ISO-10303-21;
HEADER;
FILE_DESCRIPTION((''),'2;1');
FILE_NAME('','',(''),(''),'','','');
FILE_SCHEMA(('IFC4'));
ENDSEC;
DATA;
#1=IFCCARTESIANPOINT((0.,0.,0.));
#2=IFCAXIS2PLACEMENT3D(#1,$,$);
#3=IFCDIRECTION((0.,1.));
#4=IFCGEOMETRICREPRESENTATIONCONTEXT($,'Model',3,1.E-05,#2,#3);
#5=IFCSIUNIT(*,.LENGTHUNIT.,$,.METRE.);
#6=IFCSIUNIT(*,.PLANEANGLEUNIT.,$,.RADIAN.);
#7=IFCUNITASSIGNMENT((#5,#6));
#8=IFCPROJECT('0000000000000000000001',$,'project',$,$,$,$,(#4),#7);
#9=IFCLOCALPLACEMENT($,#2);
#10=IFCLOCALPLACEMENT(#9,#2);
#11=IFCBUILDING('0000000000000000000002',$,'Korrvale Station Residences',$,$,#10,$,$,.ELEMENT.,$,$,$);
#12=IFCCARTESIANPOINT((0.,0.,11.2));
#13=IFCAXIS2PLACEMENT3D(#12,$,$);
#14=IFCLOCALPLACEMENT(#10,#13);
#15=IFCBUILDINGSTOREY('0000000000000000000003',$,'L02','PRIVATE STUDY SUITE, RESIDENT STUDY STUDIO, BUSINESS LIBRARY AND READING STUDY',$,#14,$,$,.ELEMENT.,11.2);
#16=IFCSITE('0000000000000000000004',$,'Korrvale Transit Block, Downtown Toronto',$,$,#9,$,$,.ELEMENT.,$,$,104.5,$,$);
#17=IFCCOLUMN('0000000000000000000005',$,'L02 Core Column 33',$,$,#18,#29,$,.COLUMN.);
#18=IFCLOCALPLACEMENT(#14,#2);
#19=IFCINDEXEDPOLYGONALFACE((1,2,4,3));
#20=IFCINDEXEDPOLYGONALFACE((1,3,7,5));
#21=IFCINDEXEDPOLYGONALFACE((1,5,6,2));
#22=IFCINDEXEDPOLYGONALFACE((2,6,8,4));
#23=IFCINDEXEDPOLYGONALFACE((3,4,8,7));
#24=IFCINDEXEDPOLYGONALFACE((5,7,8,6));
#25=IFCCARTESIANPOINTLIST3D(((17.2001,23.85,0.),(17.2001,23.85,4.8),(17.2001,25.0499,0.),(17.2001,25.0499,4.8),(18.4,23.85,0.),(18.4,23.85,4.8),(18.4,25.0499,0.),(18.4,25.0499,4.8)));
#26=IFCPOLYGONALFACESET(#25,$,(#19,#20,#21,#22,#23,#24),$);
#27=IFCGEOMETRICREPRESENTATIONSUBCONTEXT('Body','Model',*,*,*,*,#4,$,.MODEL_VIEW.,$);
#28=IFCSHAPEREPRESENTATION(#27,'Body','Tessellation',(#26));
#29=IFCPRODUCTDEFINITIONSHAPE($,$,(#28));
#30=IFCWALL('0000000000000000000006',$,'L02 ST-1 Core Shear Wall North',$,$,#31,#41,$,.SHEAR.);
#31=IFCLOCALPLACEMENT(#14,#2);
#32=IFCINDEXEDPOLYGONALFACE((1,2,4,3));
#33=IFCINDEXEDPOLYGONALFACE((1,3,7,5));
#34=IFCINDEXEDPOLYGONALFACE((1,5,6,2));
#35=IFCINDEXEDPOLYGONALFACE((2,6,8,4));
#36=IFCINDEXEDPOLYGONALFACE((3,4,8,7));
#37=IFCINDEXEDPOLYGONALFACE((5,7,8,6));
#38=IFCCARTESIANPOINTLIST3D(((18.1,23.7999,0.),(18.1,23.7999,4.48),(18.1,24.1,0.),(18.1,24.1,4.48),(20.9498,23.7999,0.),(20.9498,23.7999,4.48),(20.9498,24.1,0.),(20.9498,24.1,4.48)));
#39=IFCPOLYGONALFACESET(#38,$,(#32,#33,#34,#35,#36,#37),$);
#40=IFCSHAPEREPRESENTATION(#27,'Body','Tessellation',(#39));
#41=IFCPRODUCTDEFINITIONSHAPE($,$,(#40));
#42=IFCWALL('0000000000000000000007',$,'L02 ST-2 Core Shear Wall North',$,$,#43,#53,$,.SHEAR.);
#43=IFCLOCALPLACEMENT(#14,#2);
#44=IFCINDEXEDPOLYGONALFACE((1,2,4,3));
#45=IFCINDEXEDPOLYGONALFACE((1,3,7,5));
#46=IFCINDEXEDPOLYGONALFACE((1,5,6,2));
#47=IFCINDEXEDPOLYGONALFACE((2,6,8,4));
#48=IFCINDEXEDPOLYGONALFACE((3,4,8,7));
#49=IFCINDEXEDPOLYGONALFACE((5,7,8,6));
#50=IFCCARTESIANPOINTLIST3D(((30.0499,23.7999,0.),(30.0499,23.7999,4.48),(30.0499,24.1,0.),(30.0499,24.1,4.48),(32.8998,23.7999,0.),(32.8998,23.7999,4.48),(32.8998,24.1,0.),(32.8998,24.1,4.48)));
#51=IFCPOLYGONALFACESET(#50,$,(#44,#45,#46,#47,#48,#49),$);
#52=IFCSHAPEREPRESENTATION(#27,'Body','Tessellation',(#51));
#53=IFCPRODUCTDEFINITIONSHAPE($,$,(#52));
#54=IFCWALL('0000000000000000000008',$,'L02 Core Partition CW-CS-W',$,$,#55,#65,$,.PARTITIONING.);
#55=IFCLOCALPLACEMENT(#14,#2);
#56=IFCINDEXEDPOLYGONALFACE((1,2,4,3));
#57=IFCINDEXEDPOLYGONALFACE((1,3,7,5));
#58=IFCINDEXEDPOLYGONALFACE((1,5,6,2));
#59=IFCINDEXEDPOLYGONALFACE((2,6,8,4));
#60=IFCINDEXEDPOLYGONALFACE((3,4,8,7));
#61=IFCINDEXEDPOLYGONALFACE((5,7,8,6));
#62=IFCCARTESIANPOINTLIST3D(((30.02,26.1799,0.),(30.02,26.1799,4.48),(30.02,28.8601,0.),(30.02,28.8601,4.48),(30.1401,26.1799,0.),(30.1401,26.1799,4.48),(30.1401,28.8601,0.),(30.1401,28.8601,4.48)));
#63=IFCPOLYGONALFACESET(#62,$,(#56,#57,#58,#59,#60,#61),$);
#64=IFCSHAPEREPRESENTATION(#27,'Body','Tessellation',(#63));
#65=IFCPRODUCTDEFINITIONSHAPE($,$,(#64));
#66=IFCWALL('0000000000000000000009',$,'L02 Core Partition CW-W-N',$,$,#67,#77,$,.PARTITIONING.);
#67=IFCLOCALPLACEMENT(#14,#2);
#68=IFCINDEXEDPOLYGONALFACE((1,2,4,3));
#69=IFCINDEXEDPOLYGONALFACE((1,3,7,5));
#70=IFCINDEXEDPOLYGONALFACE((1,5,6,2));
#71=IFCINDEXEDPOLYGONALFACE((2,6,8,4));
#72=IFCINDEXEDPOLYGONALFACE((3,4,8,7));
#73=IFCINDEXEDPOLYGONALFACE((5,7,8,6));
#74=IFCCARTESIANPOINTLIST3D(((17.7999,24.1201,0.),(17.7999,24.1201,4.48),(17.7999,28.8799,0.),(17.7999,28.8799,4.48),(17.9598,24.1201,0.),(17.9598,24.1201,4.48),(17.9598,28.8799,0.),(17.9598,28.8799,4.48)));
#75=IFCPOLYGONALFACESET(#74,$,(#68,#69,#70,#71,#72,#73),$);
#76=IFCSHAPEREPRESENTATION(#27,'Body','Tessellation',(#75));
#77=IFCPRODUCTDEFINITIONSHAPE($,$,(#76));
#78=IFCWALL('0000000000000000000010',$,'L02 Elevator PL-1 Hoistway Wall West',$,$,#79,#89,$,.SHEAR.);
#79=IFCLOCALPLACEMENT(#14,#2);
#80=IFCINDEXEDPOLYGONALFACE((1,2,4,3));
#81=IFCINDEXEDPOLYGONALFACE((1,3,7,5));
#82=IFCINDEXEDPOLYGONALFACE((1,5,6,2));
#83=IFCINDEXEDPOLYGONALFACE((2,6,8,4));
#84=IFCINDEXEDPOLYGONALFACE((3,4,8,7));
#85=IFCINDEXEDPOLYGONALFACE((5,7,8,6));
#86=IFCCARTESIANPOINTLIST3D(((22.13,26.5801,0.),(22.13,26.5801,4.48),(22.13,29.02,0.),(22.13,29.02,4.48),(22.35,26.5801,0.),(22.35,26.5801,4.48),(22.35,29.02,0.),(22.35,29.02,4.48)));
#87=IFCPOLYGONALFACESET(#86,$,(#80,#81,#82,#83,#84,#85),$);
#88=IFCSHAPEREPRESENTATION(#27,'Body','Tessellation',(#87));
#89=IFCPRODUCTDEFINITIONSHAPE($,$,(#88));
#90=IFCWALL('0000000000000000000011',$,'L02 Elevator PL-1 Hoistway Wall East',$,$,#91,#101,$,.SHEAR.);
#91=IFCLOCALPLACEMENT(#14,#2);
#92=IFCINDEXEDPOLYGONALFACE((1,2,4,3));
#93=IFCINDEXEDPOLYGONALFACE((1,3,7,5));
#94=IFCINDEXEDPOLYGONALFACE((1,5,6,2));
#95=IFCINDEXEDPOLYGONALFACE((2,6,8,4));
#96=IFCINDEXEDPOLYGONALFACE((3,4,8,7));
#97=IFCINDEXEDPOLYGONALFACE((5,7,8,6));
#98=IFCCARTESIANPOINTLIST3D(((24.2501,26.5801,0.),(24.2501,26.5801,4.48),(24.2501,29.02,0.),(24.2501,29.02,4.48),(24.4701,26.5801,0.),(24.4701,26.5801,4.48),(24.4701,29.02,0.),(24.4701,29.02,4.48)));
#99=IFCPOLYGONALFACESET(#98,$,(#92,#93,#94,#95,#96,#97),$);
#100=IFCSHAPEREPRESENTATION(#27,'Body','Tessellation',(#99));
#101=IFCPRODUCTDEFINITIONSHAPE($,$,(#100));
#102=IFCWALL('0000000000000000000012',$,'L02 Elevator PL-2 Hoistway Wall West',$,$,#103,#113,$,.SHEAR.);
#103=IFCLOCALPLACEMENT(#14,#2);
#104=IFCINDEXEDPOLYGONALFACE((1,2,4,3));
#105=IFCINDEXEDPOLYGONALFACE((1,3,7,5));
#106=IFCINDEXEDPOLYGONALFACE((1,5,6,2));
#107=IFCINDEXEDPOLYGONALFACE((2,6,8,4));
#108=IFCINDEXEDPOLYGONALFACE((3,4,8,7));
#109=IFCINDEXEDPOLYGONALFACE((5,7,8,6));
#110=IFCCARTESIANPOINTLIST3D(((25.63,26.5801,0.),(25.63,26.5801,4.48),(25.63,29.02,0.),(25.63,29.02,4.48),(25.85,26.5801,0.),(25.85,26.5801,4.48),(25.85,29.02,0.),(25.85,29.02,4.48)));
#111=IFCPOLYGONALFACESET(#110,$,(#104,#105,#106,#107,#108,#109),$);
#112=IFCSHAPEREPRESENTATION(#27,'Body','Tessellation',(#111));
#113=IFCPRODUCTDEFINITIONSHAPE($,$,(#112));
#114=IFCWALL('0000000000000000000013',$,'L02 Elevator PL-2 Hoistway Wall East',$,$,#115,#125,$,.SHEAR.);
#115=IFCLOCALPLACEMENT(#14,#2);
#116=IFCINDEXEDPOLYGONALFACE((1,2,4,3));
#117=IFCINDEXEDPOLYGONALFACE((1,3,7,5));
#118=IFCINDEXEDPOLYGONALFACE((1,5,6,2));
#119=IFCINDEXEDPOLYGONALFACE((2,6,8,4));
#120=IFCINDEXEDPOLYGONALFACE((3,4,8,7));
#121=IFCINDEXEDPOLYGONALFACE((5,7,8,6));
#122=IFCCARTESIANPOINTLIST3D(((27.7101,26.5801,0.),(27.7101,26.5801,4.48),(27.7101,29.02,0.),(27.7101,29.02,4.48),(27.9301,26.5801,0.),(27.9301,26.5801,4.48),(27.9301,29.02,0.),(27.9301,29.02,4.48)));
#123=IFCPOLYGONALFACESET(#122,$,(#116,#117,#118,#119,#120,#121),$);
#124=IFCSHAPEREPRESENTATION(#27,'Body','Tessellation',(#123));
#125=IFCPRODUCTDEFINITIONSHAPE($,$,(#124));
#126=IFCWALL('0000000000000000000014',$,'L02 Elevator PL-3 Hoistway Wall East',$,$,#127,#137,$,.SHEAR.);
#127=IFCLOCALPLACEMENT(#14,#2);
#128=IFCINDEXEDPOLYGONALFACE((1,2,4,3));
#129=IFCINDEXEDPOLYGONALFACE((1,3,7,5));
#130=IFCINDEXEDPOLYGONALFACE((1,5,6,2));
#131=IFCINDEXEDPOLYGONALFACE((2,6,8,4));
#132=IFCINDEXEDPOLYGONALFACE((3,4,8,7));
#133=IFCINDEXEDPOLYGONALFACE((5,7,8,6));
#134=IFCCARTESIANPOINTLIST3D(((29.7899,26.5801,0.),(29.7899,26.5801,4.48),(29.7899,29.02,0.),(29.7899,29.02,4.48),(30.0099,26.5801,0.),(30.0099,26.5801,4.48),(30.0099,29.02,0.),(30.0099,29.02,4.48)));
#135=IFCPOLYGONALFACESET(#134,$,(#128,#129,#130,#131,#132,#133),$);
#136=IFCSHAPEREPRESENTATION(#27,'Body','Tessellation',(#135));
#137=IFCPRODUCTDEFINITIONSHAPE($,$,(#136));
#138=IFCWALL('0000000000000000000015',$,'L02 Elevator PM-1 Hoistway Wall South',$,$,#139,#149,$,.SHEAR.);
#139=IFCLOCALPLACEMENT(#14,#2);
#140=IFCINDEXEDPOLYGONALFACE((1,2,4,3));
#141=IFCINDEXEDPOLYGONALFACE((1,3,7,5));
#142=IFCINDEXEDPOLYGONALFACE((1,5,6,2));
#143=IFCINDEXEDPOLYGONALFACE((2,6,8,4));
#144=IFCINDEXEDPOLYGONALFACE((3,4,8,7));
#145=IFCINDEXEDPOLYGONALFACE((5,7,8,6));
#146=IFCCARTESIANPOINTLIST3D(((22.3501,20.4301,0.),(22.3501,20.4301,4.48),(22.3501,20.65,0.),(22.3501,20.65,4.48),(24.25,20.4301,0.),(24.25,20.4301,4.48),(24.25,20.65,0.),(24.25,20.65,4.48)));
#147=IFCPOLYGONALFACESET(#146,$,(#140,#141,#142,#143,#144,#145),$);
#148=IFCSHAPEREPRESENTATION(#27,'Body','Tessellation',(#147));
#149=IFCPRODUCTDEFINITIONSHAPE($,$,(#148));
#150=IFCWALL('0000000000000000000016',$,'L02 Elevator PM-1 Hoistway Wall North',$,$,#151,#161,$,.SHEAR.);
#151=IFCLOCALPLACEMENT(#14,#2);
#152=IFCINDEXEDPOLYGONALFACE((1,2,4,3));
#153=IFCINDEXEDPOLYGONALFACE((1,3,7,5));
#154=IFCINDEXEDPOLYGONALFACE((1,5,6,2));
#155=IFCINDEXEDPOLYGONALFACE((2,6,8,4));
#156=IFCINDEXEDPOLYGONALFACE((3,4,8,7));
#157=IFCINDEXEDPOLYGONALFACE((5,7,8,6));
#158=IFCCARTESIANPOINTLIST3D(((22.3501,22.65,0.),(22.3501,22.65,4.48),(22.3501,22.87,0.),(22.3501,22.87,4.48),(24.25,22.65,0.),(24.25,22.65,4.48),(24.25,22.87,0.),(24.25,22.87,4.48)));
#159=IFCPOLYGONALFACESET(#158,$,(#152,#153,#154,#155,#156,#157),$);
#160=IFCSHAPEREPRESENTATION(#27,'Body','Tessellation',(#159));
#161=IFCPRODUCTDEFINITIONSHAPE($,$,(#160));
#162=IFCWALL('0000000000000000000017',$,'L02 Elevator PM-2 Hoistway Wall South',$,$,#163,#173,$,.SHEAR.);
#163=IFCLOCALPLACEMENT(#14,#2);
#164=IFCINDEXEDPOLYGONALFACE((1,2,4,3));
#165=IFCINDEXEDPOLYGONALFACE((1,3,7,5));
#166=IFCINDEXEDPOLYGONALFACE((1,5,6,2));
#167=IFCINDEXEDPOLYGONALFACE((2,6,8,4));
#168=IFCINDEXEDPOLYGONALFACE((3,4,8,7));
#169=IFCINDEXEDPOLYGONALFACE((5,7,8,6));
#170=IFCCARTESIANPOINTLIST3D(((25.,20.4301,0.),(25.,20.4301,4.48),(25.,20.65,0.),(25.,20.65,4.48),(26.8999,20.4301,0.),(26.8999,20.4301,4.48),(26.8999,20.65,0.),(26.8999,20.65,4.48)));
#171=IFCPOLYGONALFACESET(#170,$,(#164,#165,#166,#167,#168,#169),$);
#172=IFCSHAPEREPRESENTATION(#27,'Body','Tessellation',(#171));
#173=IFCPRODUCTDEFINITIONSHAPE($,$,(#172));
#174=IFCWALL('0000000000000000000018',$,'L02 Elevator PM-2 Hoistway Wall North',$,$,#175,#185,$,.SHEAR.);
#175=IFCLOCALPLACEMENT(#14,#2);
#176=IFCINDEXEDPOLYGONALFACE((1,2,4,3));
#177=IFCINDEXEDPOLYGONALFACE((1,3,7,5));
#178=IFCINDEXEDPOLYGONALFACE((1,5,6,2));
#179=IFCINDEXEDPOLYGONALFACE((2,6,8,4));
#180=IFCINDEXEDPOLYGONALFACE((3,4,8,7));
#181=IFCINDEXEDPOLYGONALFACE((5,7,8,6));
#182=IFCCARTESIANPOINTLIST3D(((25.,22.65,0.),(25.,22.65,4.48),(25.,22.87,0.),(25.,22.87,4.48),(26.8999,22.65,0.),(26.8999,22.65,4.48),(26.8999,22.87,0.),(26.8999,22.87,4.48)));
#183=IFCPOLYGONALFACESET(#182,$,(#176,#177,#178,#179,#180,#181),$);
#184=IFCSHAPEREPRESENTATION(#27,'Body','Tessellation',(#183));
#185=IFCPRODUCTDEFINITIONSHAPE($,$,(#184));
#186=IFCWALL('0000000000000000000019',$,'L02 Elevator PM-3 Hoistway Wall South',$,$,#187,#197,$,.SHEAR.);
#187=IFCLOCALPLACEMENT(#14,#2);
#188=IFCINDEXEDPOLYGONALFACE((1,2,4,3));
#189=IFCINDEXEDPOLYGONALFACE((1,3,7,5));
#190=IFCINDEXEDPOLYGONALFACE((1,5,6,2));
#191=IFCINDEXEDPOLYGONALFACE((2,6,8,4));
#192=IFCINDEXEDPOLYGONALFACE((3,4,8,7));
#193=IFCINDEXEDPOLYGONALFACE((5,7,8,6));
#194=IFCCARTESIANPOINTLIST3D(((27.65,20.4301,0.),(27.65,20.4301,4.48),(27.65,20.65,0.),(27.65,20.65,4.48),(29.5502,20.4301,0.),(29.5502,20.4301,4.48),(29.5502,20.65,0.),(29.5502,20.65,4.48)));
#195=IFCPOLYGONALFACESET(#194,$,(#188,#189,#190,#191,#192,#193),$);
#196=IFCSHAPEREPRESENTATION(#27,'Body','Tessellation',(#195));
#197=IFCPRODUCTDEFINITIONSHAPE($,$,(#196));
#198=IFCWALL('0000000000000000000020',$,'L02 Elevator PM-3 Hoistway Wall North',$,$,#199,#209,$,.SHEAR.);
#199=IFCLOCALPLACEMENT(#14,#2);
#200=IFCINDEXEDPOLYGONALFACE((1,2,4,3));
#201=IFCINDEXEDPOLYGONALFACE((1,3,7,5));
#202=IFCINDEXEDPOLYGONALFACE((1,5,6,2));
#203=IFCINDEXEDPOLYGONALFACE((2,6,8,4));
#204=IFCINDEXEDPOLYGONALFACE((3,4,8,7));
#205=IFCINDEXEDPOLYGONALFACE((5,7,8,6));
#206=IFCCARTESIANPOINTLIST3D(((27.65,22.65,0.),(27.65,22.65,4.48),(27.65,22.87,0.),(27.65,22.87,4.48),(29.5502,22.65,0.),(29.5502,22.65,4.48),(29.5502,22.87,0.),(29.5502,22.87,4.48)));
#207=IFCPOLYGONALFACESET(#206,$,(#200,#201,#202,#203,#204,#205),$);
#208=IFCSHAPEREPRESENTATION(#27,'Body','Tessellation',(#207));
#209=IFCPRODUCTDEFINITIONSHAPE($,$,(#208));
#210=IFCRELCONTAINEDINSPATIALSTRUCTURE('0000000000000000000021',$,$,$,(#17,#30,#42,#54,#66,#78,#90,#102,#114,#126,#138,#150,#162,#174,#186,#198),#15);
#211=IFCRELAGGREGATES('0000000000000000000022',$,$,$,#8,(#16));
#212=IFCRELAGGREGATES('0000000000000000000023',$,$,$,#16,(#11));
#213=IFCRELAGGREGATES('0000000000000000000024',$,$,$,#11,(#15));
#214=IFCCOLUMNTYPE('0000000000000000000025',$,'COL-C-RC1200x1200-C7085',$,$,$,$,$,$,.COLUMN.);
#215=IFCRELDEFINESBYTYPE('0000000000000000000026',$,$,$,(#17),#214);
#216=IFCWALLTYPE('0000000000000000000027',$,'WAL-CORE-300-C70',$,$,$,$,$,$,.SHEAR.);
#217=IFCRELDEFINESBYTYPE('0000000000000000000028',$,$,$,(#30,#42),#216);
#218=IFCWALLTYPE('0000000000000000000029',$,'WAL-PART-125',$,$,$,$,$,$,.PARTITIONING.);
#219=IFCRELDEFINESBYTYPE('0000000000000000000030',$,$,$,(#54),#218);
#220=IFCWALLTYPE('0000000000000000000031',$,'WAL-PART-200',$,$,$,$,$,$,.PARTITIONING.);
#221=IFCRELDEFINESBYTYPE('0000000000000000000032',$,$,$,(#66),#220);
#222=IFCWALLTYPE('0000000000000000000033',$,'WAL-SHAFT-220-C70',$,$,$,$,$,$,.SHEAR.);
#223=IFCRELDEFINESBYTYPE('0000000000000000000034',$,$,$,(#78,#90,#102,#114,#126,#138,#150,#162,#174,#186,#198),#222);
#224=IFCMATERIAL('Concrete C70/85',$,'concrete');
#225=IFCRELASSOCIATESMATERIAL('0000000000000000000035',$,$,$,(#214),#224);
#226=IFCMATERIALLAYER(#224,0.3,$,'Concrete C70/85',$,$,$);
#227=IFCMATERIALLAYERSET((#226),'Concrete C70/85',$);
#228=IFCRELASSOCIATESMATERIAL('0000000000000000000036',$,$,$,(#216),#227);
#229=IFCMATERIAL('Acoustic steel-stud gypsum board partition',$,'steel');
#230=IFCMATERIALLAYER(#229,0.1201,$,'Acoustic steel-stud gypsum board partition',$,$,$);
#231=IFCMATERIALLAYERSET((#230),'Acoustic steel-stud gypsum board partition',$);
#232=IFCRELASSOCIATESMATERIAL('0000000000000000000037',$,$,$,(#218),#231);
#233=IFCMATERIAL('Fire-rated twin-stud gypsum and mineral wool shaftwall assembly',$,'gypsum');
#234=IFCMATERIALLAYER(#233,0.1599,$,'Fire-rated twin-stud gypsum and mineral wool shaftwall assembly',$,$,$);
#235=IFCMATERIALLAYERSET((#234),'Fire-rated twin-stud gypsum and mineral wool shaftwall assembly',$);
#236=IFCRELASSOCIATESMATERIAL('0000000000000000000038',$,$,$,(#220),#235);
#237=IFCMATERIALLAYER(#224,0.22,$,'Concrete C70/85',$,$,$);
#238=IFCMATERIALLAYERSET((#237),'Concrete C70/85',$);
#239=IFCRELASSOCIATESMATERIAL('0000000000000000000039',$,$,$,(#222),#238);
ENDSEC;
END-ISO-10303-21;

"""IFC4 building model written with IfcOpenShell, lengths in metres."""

from ifc_helpers import new_model, si_unit, direction, frame, frame_2d, origin, origin_2d, place, context, subcontext, project, spatial, rectangle, extrude, material, layer, layer_set, material_profile, profile_set, type_object, element, save


model = new_model("IFC4")

# Units and contexts
model_context = context("Model", 3, precision=1e-05, world=origin(), true_north=direction((0.0, 1.0)))
body_context = subcontext(model_context, "Body", "Model", "MODEL_VIEW")
ifc_project = project(units=[si_unit("LENGTHUNIT", "METRE"), si_unit("PLANEANGLEUNIT", "RADIAN")], contexts=[model_context])

# Site, building, storey
site_placement = place(None, origin())
site = spatial("IfcSite", under=ifc_project, at=site_placement, Name="Korrvale Transit Block, Downtown Toronto", CompositionType="ELEMENT", RefElevation=104.5)
building_placement = place(site_placement, origin())
building = spatial("IfcBuilding", under=site, at=building_placement, Name="Korrvale Station Residences", CompositionType="ELEMENT")
storey_placement = place(building_placement, frame((0.0, 0.0, 11.2)))
storey = spatial("IfcBuildingStorey", under=building, at=storey_placement, Name="L02", Description="PRIVATE STUDY SUITE, RESIDENT STUDY STUDIO, BUSINESS LIBRARY AND READING STUDY", CompositionType="ELEMENT", Elevation=11.2)

# Column
ifc_material_1 = material(Name="Concrete C70/85", Category="concrete")
ifc_material_profile = material_profile(ifc_material_1, rectangle(XDim=1.2, YDim=1.2, at=origin_2d()), Name="RC1200x1200")
ifc_profile_set = profile_set([ifc_material_profile], Name="Concrete C70/85")
column_type = type_object("IfcColumnType", Name="COL-C-RC1200x1200-C7085", PredefinedType="COLUMN", material=ifc_profile_set)
column_placement = place(storey_placement, frame((17.8, 24.45, 0.0), z_axis=(0.0, 0.0, 1.0), x_axis=(1.0, 0.0, 0.0)))
element("IfcColumn", 1, at=column_placement, inside=storey, type_object=column_type, Name="L02 Core Column 33", PredefinedType="COLUMN", context=body_context, shape_type="SweptSolid", body=[
    extrude(rectangle(XDim=1.2, YDim=1.2, at=origin_2d()), origin(), (0.0, 0.0, 1.0), 4.8),
])

# Walls
ifc_layer_1 = layer(ifc_material_1, 0.3, Name="Concrete C70/85")
ifc_layer_set_1 = layer_set([ifc_layer_1], Name="Concrete C70/85")
wall_type_1 = type_object("IfcWallType", Name="WAL-CORE-300-C70", PredefinedType="SHEAR", material=ifc_layer_set_1)
for number, where, z_axis, x_axis, name in (
    (2, (18.1001, 23.95, 0.0), (0.0, 0.0, 1.0), (1.0, 0.0, 0.0), "L02 ST-1 Core Shear Wall North"),
    (3, (30.05, 23.95, 0.0), (0.0, 0.0, 1.0), (1.0, 0.0, 0.0), "L02 ST-2 Core Shear Wall North"),
):
    element("IfcWall", number, at=place(storey_placement, frame(where, z_axis=z_axis, x_axis=x_axis)), inside=storey, type_object=wall_type_1, Name=name, PredefinedType="SHEAR", context=body_context, shape_type="SweptSolid", body=[
        extrude(rectangle(XDim=2.8499, YDim=0.3, at=frame_2d((1.4248, 0.0))), origin(), (0.0, 0.0, 1.0), 4.48),
    ])
ifc_material_2 = material(Name="Acoustic steel-stud gypsum board partition", Category="steel")
ifc_layer_2 = layer(ifc_material_2, 0.1201, Name="Acoustic steel-stud gypsum board partition")
ifc_layer_set_2 = layer_set([ifc_layer_2], Name="Acoustic steel-stud gypsum board partition")
wall_type_2 = type_object("IfcWallType", Name="WAL-PART-125", PredefinedType="PARTITIONING", material=ifc_layer_set_2)
wall_1_placement = place(storey_placement, frame((30.0801, 26.1799, 0.0), z_axis=(0.0, 0.0, 1.0), x_axis=(0.0, 1.0, 0.0)))
element("IfcWall", 4, at=wall_1_placement, inside=storey, type_object=wall_type_2, Name="L02 Core Partition CW-CS-W", PredefinedType="PARTITIONING", context=body_context, shape_type="SweptSolid", body=[
    extrude(rectangle(XDim=2.6802, YDim=0.1201, at=frame_2d((1.3401, 0.0))), origin(), (0.0, 0.0, 1.0), 4.48),
])
ifc_material_3 = material(Name="Fire-rated twin-stud gypsum and mineral wool shaftwall assembly", Category="gypsum")
ifc_layer_3 = layer(ifc_material_3, 0.1599, Name="Fire-rated twin-stud gypsum and mineral wool shaftwall assembly")
ifc_layer_set_3 = layer_set([ifc_layer_3], Name="Fire-rated twin-stud gypsum and mineral wool shaftwall assembly")
wall_type_3 = type_object("IfcWallType", Name="WAL-PART-200", PredefinedType="PARTITIONING", material=ifc_layer_set_3)
wall_2_placement = place(storey_placement, frame((17.8799, 24.1201, 0.0), z_axis=(0.0, 0.0, 1.0), x_axis=(0.0, 1.0, 0.0)))
element("IfcWall", 5, at=wall_2_placement, inside=storey, type_object=wall_type_3, Name="L02 Core Partition CW-W-N", PredefinedType="PARTITIONING", context=body_context, shape_type="SweptSolid", body=[
    extrude(rectangle(XDim=4.7598, YDim=0.1599, at=frame_2d((2.3799, 0.0))), origin(), (0.0, 0.0, 1.0), 4.48),
])
ifc_layer_4 = layer(ifc_material_1, 0.22, Name="Concrete C70/85")
ifc_layer_set_4 = layer_set([ifc_layer_4], Name="Concrete C70/85")
wall_type_4 = type_object("IfcWallType", Name="WAL-SHAFT-220-C70", PredefinedType="SHEAR", material=ifc_layer_set_4)
for number, where, z_axis, x_axis, name in (
    (6, (22.24, 26.5801, 0.0), (0.0, 0.0, 1.0), (0.0, 1.0, 0.0), "L02 Elevator PL-1 Hoistway Wall West"),
    (7, (24.3601, 26.5801, 0.0), (0.0, 0.0, 1.0), (0.0, 1.0, 0.0), "L02 Elevator PL-1 Hoistway Wall East"),
    (8, (25.74, 26.5801, 0.0), (0.0, 0.0, 1.0), (0.0, 1.0, 0.0), "L02 Elevator PL-2 Hoistway Wall West"),
    (9, (27.8201, 26.5801, 0.0), (0.0, 0.0, 1.0), (0.0, 1.0, 0.0), "L02 Elevator PL-2 Hoistway Wall East"),
    (10, (29.8999, 26.5801, 0.0), (0.0, 0.0, 1.0), (0.0, 1.0, 0.0), "L02 Elevator PL-3 Hoistway Wall East"),
):
    element("IfcWall", number, at=place(storey_placement, frame(where, z_axis=z_axis, x_axis=x_axis)), inside=storey, type_object=wall_type_4, Name=name, PredefinedType="SHEAR", context=body_context, shape_type="SweptSolid", body=[
        extrude(rectangle(XDim=2.4399, YDim=0.22, at=frame_2d((1.22, 0.0))), origin(), (0.0, 0.0, 1.0), 4.48),
    ])
for number, where, z_axis, x_axis, name in (
    (11, (22.3501, 20.54, 0.0), (0.0, 0.0, 1.0), (1.0, 0.0, 0.0), "L02 Elevator PM-1 Hoistway Wall South"),
    (12, (22.3501, 22.76, 0.0), (0.0, 0.0, 1.0), (1.0, 0.0, 0.0), "L02 Elevator PM-1 Hoistway Wall North"),
    (13, (25.0, 20.54, 0.0), (0.0, 0.0, 1.0), (1.0, 0.0, 0.0), "L02 Elevator PM-2 Hoistway Wall South"),
    (14, (25.0, 22.76, 0.0), (0.0, 0.0, 1.0), (1.0, 0.0, 0.0), "L02 Elevator PM-2 Hoistway Wall North"),
):
    element("IfcWall", number, at=place(storey_placement, frame(where, z_axis=z_axis, x_axis=x_axis)), inside=storey, type_object=wall_type_4, Name=name, PredefinedType="SHEAR", context=body_context, shape_type="SweptSolid", body=[
        extrude(rectangle(XDim=1.8999, YDim=0.22, at=frame_2d((0.95, 0.0))), origin(), (0.0, 0.0, 1.0), 4.48),
    ])
for number, where, z_axis, x_axis, name in (
    (15, (27.6499, 20.54, 0.0), (0.0, 0.0, 1.0), (1.0, 0.0, 0.0), "L02 Elevator PM-3 Hoistway Wall South"),
    (16, (27.6499, 22.76, 0.0), (0.0, 0.0, 1.0), (1.0, 0.0, 0.0), "L02 Elevator PM-3 Hoistway Wall North"),
):
    element("IfcWall", number, at=place(storey_placement, frame(where, z_axis=z_axis, x_axis=x_axis)), inside=storey, type_object=wall_type_4, Name=name, PredefinedType="SHEAR", context=body_context, shape_type="SweptSolid", body=[
        extrude(rectangle(XDim=1.9001, YDim=0.22, at=frame_2d((0.9502, 0.0))), origin(), (0.0, 0.0, 1.0), 4.48),
    ])

save(model, "model.ifc")
